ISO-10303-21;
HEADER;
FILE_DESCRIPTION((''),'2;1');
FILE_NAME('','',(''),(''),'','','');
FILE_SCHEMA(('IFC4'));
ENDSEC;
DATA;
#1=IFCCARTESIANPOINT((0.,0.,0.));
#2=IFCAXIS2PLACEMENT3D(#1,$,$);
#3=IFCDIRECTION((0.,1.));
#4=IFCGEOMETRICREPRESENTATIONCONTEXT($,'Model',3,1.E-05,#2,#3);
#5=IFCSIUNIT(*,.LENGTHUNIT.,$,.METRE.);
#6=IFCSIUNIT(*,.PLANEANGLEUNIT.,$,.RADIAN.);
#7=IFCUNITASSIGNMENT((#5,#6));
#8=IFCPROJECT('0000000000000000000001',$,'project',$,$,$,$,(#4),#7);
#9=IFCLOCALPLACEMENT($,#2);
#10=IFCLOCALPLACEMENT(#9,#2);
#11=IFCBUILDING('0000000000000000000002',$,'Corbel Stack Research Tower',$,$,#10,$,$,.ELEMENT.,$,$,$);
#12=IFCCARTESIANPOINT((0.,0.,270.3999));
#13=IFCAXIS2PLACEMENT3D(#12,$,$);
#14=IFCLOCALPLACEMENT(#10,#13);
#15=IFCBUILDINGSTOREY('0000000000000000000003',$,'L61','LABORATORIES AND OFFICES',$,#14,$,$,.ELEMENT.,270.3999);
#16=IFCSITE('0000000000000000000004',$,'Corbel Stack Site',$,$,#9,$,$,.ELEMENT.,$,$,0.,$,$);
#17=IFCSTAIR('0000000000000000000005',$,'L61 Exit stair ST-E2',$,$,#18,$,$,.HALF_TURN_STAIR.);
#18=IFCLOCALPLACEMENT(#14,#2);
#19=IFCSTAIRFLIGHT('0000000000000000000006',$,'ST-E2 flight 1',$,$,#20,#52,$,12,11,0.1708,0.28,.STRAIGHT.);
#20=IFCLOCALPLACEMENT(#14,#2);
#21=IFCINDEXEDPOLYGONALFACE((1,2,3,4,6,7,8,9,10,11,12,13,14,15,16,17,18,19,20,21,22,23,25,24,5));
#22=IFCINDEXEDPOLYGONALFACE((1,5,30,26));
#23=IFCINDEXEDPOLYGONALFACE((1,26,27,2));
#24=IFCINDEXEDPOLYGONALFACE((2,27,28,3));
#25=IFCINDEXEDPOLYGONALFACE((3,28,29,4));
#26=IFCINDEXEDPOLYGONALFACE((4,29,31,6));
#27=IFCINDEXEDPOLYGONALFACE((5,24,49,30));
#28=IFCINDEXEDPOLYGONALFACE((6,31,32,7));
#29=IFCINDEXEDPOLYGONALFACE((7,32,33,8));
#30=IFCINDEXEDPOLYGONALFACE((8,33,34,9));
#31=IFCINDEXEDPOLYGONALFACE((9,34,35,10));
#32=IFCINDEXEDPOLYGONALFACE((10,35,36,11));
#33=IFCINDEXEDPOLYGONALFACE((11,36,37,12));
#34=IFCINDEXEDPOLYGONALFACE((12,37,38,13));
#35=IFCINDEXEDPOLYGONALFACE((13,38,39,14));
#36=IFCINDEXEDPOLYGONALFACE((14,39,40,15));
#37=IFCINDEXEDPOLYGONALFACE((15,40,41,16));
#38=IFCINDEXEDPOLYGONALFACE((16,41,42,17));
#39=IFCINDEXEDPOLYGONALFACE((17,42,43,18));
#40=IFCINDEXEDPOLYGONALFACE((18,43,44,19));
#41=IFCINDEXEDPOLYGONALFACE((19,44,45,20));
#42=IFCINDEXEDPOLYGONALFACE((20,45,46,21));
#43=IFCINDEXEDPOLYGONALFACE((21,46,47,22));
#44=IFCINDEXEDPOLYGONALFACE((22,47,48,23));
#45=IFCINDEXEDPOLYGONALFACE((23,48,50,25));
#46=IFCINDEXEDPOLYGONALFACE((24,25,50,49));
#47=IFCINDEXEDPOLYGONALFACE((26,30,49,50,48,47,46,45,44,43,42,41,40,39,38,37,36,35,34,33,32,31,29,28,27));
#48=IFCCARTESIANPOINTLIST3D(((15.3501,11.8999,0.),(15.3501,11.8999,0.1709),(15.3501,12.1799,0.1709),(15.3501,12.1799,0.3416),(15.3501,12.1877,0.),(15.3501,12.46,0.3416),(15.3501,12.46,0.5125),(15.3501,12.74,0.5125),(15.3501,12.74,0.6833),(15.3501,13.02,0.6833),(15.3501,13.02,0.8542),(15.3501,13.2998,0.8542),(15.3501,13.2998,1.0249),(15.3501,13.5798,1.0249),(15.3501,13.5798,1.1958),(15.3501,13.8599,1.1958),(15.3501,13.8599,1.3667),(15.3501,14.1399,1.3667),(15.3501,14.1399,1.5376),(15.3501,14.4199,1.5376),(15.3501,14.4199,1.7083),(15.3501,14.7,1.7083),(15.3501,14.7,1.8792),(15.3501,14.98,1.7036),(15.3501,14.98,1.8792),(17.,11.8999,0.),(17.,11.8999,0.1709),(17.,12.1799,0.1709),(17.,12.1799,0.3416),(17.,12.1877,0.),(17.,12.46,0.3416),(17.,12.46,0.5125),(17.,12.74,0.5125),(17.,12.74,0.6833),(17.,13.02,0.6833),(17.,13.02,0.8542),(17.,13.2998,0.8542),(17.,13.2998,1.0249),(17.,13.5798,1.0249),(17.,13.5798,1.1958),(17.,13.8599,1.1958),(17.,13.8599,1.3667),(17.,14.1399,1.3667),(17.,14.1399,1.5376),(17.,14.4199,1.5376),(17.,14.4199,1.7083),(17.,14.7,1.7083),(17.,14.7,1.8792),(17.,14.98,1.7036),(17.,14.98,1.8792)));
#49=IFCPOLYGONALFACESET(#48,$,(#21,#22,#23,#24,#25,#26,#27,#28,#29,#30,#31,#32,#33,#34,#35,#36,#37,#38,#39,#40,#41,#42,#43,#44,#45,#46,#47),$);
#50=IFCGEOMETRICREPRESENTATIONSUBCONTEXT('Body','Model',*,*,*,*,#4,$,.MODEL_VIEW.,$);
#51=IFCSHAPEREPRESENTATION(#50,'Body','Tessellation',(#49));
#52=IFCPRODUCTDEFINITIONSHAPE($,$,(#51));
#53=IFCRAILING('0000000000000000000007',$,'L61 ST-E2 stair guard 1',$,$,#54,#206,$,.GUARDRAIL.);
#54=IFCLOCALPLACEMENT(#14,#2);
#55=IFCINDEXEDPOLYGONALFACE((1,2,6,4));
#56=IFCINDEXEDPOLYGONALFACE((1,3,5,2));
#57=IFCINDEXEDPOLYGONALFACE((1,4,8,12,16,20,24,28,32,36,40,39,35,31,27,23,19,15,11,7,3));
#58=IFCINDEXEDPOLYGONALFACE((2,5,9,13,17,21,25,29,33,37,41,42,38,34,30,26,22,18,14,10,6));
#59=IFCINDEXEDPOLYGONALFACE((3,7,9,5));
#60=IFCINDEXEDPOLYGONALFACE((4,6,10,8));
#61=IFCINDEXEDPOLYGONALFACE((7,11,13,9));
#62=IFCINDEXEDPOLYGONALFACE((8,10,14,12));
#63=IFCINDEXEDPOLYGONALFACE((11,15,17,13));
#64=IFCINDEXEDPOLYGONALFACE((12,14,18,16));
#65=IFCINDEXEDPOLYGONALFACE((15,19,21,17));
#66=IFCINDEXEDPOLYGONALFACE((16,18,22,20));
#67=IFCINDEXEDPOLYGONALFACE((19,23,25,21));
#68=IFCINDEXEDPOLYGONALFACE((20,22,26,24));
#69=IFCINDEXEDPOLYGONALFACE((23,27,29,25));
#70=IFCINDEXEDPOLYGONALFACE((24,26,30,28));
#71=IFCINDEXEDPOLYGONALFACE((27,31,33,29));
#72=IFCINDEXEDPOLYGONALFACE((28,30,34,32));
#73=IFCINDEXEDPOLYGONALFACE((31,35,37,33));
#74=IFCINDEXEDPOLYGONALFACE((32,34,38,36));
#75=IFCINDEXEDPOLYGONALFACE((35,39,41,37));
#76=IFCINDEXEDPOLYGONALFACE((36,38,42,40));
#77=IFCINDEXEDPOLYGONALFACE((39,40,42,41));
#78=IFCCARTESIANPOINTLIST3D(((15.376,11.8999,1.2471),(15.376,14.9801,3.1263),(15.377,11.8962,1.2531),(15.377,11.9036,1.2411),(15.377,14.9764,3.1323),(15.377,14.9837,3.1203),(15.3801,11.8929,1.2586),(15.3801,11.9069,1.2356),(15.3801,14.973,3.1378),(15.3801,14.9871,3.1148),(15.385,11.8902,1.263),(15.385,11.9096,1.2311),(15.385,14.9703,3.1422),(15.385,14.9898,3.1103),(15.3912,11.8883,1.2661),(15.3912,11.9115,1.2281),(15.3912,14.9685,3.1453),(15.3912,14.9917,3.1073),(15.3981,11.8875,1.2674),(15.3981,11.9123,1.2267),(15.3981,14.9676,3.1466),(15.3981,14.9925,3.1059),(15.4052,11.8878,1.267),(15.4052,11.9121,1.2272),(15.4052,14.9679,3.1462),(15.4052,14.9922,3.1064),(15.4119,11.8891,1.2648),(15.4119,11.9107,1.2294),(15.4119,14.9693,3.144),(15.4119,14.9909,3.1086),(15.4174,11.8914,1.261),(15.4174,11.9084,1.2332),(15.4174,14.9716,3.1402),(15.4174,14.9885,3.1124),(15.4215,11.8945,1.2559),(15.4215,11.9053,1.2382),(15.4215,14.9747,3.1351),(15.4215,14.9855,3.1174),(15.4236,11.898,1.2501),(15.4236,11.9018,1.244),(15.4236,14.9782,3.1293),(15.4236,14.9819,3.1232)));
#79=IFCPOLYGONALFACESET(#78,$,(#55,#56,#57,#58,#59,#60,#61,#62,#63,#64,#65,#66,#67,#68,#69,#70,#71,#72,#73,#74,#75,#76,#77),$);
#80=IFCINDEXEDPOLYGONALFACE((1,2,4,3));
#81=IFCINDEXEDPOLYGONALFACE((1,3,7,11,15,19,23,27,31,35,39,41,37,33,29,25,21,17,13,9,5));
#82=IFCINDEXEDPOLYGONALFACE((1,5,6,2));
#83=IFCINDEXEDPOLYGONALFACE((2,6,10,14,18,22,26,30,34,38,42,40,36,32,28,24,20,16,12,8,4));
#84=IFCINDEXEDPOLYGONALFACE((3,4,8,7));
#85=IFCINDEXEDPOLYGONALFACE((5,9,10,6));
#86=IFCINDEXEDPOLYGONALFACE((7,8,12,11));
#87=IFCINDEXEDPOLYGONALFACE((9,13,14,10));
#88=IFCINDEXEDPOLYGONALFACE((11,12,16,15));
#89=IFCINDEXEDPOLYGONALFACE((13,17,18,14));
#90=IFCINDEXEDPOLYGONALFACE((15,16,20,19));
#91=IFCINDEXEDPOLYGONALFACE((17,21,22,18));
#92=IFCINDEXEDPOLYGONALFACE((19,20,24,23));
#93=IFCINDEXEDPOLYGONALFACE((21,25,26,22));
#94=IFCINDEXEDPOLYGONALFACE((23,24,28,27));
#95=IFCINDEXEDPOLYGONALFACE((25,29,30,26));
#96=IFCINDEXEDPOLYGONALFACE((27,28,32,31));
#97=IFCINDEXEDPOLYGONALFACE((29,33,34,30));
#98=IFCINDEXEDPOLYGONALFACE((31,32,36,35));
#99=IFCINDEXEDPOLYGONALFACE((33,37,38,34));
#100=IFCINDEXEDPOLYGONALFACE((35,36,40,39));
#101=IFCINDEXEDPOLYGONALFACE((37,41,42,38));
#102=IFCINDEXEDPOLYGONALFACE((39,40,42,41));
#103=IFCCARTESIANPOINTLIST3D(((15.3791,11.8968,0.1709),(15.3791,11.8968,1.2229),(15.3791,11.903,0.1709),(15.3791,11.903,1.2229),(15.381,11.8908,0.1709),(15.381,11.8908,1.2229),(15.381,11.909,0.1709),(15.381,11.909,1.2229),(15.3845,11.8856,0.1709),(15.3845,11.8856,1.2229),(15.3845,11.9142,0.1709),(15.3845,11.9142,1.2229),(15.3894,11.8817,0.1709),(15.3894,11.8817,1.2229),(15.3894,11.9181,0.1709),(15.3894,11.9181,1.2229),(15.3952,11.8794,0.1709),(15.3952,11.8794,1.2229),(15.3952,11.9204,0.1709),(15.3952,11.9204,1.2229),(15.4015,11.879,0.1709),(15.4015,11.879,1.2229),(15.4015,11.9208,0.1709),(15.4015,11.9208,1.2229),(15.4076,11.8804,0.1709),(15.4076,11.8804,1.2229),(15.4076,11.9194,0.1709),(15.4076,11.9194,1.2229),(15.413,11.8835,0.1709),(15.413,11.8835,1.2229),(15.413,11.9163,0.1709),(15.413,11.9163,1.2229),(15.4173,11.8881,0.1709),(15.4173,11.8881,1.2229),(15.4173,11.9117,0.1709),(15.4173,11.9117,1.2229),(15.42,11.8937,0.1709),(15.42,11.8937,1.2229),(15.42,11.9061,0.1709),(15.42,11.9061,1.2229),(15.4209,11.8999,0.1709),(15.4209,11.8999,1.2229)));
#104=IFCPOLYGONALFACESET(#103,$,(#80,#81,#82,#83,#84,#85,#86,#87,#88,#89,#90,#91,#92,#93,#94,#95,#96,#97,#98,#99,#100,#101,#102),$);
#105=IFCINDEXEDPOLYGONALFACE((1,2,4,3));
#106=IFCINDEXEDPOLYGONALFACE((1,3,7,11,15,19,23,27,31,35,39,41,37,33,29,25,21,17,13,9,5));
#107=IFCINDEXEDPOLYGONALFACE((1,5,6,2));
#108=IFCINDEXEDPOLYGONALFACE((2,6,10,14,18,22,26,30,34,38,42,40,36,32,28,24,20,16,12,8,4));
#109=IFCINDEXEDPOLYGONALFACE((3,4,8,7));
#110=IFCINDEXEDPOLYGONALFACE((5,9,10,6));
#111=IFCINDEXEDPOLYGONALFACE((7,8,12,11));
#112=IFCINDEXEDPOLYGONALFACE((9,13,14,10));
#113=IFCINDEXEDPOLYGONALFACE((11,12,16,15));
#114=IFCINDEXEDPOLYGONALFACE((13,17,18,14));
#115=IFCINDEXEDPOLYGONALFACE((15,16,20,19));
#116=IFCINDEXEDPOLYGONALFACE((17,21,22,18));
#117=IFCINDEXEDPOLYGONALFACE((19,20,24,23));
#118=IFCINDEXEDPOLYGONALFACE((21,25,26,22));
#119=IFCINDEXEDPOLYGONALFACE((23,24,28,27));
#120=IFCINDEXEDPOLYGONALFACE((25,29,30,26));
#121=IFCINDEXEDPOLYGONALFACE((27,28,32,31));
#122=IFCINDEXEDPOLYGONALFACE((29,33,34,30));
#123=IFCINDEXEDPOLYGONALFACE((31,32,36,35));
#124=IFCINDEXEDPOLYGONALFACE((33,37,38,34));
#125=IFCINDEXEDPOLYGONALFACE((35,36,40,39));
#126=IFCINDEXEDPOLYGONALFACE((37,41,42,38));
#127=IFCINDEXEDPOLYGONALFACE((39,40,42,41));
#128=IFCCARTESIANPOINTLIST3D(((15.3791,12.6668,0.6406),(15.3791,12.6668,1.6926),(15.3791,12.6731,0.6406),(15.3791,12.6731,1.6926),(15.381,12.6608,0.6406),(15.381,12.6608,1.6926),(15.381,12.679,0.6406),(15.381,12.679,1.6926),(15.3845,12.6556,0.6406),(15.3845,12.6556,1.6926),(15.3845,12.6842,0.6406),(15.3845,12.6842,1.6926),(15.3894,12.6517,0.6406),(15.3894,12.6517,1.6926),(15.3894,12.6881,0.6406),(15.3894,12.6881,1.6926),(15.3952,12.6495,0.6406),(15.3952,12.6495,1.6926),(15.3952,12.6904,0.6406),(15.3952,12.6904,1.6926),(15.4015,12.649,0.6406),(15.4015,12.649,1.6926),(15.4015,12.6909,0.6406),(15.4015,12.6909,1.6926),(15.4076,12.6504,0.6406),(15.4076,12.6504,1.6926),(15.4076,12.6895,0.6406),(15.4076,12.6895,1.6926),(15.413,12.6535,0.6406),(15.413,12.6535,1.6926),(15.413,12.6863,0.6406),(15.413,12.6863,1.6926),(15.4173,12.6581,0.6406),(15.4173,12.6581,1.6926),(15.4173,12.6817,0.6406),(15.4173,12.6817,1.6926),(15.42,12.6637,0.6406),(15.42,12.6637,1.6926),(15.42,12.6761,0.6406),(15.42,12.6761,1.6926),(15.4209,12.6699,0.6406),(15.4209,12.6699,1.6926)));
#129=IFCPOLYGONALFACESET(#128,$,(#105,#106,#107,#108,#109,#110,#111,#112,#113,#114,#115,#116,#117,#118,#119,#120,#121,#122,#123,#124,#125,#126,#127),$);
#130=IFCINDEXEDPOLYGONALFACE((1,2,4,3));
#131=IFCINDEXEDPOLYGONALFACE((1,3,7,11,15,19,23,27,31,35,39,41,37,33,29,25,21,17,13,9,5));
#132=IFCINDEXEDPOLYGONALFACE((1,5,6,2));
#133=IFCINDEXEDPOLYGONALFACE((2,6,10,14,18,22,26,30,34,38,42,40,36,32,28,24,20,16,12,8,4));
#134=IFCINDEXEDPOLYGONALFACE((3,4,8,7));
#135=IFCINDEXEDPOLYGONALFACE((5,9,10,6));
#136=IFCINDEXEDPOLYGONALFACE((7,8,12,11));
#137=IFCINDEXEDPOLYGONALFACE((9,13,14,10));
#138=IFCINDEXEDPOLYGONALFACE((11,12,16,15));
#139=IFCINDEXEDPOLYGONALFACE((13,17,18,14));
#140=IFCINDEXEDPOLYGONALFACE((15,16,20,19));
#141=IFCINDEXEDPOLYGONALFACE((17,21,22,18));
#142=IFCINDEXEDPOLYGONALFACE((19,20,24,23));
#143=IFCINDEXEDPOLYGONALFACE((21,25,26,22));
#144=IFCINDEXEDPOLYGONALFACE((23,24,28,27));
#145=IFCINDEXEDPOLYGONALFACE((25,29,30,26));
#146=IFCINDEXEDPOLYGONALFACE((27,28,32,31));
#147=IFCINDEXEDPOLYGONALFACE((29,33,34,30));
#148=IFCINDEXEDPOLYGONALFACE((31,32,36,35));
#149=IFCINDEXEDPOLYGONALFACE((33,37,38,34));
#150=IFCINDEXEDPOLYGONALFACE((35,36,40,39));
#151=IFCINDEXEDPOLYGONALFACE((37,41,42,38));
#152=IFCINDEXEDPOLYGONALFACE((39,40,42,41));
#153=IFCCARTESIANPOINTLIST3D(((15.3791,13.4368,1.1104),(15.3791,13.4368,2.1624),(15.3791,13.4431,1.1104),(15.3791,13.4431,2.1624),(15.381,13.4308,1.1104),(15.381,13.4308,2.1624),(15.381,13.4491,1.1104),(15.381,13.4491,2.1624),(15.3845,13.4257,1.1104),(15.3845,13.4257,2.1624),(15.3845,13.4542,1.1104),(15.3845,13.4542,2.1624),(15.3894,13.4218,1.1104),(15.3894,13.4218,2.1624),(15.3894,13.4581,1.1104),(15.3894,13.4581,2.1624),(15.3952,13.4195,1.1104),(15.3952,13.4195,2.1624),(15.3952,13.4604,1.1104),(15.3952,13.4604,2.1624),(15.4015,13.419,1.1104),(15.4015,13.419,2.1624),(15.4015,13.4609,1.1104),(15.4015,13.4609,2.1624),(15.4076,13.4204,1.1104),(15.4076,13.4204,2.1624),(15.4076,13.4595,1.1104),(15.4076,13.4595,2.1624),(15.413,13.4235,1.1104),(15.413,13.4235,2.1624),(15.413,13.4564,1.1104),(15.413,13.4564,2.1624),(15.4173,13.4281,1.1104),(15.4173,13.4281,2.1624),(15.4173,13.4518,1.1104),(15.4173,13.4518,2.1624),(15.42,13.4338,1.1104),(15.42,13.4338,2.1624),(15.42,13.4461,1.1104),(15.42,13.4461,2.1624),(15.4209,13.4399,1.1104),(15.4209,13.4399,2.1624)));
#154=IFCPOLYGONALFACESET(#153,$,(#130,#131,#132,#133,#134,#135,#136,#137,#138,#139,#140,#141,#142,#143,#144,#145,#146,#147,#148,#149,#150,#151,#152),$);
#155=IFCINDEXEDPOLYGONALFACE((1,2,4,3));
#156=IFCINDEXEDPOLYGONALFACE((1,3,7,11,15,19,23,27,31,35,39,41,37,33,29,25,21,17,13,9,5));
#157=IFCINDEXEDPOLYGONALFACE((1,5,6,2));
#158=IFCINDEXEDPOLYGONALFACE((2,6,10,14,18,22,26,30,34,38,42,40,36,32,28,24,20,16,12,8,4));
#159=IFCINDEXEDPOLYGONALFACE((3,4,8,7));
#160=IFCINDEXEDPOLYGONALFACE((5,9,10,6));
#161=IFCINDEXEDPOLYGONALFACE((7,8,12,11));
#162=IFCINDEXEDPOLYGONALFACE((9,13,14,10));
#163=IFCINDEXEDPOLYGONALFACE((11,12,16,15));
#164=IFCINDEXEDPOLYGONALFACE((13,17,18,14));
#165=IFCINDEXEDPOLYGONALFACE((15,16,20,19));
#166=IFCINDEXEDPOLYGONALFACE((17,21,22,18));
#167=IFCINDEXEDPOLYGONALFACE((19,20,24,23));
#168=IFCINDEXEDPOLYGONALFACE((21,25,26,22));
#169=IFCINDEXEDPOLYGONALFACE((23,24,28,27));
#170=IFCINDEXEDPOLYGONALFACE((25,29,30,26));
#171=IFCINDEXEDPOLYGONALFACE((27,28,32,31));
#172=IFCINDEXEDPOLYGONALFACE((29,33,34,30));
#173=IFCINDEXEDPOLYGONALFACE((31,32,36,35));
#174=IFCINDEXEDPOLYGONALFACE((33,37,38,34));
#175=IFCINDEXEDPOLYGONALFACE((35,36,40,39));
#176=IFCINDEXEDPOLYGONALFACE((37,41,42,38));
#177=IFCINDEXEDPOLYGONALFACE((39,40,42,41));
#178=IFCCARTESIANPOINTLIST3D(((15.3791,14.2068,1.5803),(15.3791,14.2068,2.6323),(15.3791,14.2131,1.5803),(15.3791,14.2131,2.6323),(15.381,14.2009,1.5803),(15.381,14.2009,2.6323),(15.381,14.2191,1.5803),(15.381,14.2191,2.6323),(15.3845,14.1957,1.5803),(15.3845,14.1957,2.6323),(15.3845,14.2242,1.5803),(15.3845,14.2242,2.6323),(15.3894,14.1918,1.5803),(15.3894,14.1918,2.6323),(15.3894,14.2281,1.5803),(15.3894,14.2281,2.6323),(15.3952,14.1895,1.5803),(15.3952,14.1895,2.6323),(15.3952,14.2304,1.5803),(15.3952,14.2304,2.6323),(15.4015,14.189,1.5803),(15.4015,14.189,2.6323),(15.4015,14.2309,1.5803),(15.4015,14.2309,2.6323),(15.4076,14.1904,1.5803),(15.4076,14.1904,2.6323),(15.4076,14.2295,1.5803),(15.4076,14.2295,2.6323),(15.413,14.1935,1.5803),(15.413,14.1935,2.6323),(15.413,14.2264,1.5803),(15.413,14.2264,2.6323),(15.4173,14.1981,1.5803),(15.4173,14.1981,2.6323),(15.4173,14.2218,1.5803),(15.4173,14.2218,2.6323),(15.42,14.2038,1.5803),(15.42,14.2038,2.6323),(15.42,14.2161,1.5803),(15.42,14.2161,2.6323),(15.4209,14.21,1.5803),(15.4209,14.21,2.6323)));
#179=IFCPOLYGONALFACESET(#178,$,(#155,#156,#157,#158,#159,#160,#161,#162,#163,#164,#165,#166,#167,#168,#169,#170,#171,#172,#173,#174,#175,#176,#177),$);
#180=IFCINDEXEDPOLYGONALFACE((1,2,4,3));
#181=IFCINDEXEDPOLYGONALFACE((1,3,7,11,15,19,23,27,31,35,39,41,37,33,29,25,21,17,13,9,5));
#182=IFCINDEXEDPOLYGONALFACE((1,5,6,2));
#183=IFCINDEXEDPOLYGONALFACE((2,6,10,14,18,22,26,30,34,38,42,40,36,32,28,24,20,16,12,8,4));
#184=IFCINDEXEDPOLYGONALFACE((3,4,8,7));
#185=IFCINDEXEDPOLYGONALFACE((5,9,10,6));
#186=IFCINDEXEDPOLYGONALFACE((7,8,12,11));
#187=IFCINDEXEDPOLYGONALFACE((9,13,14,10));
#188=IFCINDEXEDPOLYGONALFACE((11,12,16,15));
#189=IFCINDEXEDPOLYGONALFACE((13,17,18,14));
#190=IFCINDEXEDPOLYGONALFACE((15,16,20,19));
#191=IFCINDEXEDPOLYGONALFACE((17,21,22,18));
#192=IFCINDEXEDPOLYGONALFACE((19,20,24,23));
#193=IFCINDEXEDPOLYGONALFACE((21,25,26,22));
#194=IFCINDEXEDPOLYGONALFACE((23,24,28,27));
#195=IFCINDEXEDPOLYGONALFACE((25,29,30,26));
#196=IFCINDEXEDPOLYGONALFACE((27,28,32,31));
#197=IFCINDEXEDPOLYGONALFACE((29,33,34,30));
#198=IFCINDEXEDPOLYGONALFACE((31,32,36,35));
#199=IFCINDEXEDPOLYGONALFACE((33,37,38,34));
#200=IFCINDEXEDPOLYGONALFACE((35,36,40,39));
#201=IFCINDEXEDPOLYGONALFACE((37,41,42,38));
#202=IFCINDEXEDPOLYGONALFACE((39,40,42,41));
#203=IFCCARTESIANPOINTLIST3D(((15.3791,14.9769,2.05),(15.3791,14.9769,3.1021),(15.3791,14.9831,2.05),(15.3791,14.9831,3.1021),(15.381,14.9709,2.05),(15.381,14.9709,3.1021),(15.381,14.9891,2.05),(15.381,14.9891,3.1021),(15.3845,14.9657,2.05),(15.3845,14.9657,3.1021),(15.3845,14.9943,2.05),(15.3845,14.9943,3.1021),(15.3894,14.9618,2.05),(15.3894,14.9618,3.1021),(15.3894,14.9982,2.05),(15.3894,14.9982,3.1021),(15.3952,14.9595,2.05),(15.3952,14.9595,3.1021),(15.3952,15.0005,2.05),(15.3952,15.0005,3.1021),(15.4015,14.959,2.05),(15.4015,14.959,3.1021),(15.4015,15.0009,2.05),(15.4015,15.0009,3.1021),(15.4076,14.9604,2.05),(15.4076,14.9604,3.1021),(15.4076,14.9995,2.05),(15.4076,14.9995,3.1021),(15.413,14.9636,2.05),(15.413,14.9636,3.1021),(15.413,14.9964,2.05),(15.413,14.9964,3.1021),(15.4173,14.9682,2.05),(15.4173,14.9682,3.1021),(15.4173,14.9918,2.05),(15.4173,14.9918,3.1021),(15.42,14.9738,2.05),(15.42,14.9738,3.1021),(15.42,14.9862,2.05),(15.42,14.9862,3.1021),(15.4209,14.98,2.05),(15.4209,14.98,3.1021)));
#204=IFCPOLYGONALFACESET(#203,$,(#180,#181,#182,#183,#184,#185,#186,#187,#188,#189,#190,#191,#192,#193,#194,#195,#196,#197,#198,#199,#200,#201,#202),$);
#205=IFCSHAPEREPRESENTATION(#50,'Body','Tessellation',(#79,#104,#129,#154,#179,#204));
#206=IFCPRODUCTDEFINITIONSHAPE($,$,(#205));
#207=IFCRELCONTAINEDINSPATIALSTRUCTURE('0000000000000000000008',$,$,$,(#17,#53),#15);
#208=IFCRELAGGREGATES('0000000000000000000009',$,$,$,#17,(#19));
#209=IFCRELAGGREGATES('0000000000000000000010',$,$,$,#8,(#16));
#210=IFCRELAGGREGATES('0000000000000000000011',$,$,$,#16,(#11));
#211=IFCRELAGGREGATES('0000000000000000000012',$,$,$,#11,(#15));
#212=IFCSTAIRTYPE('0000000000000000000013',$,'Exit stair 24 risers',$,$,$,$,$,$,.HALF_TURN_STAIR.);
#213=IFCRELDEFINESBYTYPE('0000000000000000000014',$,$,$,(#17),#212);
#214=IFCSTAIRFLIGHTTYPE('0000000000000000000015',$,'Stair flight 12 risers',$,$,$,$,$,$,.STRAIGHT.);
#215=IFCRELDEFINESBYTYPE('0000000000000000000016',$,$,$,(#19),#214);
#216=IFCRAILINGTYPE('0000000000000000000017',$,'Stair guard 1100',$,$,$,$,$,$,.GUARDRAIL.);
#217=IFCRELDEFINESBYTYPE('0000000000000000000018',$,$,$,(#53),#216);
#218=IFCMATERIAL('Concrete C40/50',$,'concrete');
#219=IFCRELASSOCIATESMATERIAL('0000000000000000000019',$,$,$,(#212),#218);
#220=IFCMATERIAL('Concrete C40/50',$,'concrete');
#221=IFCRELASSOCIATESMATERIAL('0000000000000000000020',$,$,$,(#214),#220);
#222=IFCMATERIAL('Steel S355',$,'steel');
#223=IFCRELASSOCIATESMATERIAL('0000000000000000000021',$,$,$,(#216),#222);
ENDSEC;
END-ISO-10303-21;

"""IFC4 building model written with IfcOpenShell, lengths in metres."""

from ifc_helpers import new_model, si_unit, direction, frame, origin, origin_2d, place, context, subcontext, project, spatial, polyline, circle, outline, extrude, material, type_object, element, aggregate, save


model = new_model("IFC4")

# Units and contexts
model_context = context("Model", 3, precision=1e-05, world=origin(), true_north=direction((0.0, 1.0)))
body_context = subcontext(model_context, "Body", "Model", "MODEL_VIEW")
ifc_project = project(units=[si_unit("LENGTHUNIT", "METRE"), si_unit("PLANEANGLEUNIT", "RADIAN")], contexts=[model_context])

# Site, building, storey
site_placement = place(None, origin())
site = spatial("IfcSite", under=ifc_project, at=site_placement, Name="Corbel Stack Site", CompositionType="ELEMENT", RefElevation=0.0)
building_placement = place(site_placement, origin())
building = spatial("IfcBuilding", under=site, at=building_placement, Name="Corbel Stack Research Tower", CompositionType="ELEMENT")
storey_placement = place(building_placement, frame((0.0, 0.0, 270.3999)))
storey = spatial("IfcBuildingStorey", under=building, at=storey_placement, Name="L61", Description="LABORATORIES AND OFFICES", CompositionType="ELEMENT", Elevation=270.3999)

# Stair, stair flight
ifc_material_1 = material(Name="Concrete C40/50", Category="concrete")
stair_type = type_object("IfcStairType", Name="Exit stair 24 risers", PredefinedType="HALF_TURN_STAIR", material=ifc_material_1)
stair_placement = place(storey_placement, origin())
stair = element("IfcStair", 1, at=stair_placement, inside=storey, type_object=stair_type, Name="L61 Exit stair ST-E2", PredefinedType="HALF_TURN_STAIR")
ifc_material_2 = material(Name="Concrete C40/50", Category="concrete")
stair_flight_type = type_object("IfcStairFlightType", Name="Stair flight 12 risers", PredefinedType="STRAIGHT", material=ifc_material_2)
stair_flight_placement = place(storey_placement, frame((16.175, 11.8999, 0.0), z_axis=(0.0, 0.0, 1.0), x_axis=(0.0, 1.0, 0.0)))
stair_flight = element("IfcStairFlight", 2, at=stair_flight_placement, type_object=stair_flight_type, Name="ST-E2 flight 1", NumberOfRisers=12, NumberOfTreads=11, PredefinedType="STRAIGHT", RiserHeight=0.1708, TreadLength=0.28, context=body_context, shape_type="SweptSolid", body=[
    extrude(outline(polyline([(0.0, 0.0), (0.0, 0.1709), (0.28, 0.1709), (0.28, 0.3416), (0.5601, 0.3416), (0.5601, 0.5125), (0.8401, 0.5125), (0.8401, 0.6833), (1.1201, 0.6833), (1.1201, 0.8542), (1.3999, 0.8542), (1.3999, 1.0249), (1.6799, 1.0249), (1.6799, 1.1958), (1.96, 1.1958), (1.96, 1.3667), (2.24, 1.3667), (2.24, 1.5376), (2.52, 1.5376), (2.52, 1.7083), (2.8, 1.7083), (2.8, 1.8792), (3.0801, 1.8792), (3.0801, 2.05), (3.0801, 1.7036), (0.2878, 0.0), (0.0, 0.0)])), frame((0.0, 0.825, 0.0), z_axis=(0.0, -1.0, 0.0), x_axis=(1.0, 0.0, 0.0)), (0.0, 0.0, 1.0), 1.6499),
])
aggregate(stair, [stair_flight])

# Railing
ifc_material_3 = material(Name="Steel S355", Category="steel")
railing_type_1 = type_object("IfcRailingType", Name="Stair guard 1100", PredefinedType="GUARDRAIL", material=ifc_material_3)
railing_1_placement = place(storey_placement, frame((15.3999, 11.8999, 0.1709)))
element("IfcRailing", 3, at=railing_1_placement, inside=storey, type_object=railing_type_1, Name="L61 ST-E2 stair guard 1", PredefinedType="GUARDRAIL", context=body_context, shape_type="SweptSolid", body=[
    extrude(circle(Radius=0.0239, at=origin_2d()), frame((0.0, 0.0, 1.0762), z_axis=(0.0, 0.853666, 0.52082), x_axis=(-1.0, 0.0, 0.0)), (0.0, 0.0, 1.0), 3.6082),
    extrude(circle(Radius=0.021, at=origin_2d()), origin(), (0.0, 0.0, 1.0), 1.052),
    extrude(circle(Radius=0.021, at=origin_2d()), frame((0.0, 0.77, 0.4697)), (0.0, 0.0, 1.0), 1.052),
    extrude(circle(Radius=0.021, at=origin_2d()), frame((0.0, 1.54, 0.9395)), (0.0, 0.0, 1.0), 1.052),
    extrude(circle(Radius=0.021, at=origin_2d()), frame((0.0, 2.3101, 1.4094)), (0.0, 0.0, 1.0), 1.052),
    extrude(circle(Radius=0.021, at=origin_2d()), frame((0.0, 3.0801, 1.8792)), (0.0, 0.0, 1.0), 1.052),
])

save(model, "model.ifc")
